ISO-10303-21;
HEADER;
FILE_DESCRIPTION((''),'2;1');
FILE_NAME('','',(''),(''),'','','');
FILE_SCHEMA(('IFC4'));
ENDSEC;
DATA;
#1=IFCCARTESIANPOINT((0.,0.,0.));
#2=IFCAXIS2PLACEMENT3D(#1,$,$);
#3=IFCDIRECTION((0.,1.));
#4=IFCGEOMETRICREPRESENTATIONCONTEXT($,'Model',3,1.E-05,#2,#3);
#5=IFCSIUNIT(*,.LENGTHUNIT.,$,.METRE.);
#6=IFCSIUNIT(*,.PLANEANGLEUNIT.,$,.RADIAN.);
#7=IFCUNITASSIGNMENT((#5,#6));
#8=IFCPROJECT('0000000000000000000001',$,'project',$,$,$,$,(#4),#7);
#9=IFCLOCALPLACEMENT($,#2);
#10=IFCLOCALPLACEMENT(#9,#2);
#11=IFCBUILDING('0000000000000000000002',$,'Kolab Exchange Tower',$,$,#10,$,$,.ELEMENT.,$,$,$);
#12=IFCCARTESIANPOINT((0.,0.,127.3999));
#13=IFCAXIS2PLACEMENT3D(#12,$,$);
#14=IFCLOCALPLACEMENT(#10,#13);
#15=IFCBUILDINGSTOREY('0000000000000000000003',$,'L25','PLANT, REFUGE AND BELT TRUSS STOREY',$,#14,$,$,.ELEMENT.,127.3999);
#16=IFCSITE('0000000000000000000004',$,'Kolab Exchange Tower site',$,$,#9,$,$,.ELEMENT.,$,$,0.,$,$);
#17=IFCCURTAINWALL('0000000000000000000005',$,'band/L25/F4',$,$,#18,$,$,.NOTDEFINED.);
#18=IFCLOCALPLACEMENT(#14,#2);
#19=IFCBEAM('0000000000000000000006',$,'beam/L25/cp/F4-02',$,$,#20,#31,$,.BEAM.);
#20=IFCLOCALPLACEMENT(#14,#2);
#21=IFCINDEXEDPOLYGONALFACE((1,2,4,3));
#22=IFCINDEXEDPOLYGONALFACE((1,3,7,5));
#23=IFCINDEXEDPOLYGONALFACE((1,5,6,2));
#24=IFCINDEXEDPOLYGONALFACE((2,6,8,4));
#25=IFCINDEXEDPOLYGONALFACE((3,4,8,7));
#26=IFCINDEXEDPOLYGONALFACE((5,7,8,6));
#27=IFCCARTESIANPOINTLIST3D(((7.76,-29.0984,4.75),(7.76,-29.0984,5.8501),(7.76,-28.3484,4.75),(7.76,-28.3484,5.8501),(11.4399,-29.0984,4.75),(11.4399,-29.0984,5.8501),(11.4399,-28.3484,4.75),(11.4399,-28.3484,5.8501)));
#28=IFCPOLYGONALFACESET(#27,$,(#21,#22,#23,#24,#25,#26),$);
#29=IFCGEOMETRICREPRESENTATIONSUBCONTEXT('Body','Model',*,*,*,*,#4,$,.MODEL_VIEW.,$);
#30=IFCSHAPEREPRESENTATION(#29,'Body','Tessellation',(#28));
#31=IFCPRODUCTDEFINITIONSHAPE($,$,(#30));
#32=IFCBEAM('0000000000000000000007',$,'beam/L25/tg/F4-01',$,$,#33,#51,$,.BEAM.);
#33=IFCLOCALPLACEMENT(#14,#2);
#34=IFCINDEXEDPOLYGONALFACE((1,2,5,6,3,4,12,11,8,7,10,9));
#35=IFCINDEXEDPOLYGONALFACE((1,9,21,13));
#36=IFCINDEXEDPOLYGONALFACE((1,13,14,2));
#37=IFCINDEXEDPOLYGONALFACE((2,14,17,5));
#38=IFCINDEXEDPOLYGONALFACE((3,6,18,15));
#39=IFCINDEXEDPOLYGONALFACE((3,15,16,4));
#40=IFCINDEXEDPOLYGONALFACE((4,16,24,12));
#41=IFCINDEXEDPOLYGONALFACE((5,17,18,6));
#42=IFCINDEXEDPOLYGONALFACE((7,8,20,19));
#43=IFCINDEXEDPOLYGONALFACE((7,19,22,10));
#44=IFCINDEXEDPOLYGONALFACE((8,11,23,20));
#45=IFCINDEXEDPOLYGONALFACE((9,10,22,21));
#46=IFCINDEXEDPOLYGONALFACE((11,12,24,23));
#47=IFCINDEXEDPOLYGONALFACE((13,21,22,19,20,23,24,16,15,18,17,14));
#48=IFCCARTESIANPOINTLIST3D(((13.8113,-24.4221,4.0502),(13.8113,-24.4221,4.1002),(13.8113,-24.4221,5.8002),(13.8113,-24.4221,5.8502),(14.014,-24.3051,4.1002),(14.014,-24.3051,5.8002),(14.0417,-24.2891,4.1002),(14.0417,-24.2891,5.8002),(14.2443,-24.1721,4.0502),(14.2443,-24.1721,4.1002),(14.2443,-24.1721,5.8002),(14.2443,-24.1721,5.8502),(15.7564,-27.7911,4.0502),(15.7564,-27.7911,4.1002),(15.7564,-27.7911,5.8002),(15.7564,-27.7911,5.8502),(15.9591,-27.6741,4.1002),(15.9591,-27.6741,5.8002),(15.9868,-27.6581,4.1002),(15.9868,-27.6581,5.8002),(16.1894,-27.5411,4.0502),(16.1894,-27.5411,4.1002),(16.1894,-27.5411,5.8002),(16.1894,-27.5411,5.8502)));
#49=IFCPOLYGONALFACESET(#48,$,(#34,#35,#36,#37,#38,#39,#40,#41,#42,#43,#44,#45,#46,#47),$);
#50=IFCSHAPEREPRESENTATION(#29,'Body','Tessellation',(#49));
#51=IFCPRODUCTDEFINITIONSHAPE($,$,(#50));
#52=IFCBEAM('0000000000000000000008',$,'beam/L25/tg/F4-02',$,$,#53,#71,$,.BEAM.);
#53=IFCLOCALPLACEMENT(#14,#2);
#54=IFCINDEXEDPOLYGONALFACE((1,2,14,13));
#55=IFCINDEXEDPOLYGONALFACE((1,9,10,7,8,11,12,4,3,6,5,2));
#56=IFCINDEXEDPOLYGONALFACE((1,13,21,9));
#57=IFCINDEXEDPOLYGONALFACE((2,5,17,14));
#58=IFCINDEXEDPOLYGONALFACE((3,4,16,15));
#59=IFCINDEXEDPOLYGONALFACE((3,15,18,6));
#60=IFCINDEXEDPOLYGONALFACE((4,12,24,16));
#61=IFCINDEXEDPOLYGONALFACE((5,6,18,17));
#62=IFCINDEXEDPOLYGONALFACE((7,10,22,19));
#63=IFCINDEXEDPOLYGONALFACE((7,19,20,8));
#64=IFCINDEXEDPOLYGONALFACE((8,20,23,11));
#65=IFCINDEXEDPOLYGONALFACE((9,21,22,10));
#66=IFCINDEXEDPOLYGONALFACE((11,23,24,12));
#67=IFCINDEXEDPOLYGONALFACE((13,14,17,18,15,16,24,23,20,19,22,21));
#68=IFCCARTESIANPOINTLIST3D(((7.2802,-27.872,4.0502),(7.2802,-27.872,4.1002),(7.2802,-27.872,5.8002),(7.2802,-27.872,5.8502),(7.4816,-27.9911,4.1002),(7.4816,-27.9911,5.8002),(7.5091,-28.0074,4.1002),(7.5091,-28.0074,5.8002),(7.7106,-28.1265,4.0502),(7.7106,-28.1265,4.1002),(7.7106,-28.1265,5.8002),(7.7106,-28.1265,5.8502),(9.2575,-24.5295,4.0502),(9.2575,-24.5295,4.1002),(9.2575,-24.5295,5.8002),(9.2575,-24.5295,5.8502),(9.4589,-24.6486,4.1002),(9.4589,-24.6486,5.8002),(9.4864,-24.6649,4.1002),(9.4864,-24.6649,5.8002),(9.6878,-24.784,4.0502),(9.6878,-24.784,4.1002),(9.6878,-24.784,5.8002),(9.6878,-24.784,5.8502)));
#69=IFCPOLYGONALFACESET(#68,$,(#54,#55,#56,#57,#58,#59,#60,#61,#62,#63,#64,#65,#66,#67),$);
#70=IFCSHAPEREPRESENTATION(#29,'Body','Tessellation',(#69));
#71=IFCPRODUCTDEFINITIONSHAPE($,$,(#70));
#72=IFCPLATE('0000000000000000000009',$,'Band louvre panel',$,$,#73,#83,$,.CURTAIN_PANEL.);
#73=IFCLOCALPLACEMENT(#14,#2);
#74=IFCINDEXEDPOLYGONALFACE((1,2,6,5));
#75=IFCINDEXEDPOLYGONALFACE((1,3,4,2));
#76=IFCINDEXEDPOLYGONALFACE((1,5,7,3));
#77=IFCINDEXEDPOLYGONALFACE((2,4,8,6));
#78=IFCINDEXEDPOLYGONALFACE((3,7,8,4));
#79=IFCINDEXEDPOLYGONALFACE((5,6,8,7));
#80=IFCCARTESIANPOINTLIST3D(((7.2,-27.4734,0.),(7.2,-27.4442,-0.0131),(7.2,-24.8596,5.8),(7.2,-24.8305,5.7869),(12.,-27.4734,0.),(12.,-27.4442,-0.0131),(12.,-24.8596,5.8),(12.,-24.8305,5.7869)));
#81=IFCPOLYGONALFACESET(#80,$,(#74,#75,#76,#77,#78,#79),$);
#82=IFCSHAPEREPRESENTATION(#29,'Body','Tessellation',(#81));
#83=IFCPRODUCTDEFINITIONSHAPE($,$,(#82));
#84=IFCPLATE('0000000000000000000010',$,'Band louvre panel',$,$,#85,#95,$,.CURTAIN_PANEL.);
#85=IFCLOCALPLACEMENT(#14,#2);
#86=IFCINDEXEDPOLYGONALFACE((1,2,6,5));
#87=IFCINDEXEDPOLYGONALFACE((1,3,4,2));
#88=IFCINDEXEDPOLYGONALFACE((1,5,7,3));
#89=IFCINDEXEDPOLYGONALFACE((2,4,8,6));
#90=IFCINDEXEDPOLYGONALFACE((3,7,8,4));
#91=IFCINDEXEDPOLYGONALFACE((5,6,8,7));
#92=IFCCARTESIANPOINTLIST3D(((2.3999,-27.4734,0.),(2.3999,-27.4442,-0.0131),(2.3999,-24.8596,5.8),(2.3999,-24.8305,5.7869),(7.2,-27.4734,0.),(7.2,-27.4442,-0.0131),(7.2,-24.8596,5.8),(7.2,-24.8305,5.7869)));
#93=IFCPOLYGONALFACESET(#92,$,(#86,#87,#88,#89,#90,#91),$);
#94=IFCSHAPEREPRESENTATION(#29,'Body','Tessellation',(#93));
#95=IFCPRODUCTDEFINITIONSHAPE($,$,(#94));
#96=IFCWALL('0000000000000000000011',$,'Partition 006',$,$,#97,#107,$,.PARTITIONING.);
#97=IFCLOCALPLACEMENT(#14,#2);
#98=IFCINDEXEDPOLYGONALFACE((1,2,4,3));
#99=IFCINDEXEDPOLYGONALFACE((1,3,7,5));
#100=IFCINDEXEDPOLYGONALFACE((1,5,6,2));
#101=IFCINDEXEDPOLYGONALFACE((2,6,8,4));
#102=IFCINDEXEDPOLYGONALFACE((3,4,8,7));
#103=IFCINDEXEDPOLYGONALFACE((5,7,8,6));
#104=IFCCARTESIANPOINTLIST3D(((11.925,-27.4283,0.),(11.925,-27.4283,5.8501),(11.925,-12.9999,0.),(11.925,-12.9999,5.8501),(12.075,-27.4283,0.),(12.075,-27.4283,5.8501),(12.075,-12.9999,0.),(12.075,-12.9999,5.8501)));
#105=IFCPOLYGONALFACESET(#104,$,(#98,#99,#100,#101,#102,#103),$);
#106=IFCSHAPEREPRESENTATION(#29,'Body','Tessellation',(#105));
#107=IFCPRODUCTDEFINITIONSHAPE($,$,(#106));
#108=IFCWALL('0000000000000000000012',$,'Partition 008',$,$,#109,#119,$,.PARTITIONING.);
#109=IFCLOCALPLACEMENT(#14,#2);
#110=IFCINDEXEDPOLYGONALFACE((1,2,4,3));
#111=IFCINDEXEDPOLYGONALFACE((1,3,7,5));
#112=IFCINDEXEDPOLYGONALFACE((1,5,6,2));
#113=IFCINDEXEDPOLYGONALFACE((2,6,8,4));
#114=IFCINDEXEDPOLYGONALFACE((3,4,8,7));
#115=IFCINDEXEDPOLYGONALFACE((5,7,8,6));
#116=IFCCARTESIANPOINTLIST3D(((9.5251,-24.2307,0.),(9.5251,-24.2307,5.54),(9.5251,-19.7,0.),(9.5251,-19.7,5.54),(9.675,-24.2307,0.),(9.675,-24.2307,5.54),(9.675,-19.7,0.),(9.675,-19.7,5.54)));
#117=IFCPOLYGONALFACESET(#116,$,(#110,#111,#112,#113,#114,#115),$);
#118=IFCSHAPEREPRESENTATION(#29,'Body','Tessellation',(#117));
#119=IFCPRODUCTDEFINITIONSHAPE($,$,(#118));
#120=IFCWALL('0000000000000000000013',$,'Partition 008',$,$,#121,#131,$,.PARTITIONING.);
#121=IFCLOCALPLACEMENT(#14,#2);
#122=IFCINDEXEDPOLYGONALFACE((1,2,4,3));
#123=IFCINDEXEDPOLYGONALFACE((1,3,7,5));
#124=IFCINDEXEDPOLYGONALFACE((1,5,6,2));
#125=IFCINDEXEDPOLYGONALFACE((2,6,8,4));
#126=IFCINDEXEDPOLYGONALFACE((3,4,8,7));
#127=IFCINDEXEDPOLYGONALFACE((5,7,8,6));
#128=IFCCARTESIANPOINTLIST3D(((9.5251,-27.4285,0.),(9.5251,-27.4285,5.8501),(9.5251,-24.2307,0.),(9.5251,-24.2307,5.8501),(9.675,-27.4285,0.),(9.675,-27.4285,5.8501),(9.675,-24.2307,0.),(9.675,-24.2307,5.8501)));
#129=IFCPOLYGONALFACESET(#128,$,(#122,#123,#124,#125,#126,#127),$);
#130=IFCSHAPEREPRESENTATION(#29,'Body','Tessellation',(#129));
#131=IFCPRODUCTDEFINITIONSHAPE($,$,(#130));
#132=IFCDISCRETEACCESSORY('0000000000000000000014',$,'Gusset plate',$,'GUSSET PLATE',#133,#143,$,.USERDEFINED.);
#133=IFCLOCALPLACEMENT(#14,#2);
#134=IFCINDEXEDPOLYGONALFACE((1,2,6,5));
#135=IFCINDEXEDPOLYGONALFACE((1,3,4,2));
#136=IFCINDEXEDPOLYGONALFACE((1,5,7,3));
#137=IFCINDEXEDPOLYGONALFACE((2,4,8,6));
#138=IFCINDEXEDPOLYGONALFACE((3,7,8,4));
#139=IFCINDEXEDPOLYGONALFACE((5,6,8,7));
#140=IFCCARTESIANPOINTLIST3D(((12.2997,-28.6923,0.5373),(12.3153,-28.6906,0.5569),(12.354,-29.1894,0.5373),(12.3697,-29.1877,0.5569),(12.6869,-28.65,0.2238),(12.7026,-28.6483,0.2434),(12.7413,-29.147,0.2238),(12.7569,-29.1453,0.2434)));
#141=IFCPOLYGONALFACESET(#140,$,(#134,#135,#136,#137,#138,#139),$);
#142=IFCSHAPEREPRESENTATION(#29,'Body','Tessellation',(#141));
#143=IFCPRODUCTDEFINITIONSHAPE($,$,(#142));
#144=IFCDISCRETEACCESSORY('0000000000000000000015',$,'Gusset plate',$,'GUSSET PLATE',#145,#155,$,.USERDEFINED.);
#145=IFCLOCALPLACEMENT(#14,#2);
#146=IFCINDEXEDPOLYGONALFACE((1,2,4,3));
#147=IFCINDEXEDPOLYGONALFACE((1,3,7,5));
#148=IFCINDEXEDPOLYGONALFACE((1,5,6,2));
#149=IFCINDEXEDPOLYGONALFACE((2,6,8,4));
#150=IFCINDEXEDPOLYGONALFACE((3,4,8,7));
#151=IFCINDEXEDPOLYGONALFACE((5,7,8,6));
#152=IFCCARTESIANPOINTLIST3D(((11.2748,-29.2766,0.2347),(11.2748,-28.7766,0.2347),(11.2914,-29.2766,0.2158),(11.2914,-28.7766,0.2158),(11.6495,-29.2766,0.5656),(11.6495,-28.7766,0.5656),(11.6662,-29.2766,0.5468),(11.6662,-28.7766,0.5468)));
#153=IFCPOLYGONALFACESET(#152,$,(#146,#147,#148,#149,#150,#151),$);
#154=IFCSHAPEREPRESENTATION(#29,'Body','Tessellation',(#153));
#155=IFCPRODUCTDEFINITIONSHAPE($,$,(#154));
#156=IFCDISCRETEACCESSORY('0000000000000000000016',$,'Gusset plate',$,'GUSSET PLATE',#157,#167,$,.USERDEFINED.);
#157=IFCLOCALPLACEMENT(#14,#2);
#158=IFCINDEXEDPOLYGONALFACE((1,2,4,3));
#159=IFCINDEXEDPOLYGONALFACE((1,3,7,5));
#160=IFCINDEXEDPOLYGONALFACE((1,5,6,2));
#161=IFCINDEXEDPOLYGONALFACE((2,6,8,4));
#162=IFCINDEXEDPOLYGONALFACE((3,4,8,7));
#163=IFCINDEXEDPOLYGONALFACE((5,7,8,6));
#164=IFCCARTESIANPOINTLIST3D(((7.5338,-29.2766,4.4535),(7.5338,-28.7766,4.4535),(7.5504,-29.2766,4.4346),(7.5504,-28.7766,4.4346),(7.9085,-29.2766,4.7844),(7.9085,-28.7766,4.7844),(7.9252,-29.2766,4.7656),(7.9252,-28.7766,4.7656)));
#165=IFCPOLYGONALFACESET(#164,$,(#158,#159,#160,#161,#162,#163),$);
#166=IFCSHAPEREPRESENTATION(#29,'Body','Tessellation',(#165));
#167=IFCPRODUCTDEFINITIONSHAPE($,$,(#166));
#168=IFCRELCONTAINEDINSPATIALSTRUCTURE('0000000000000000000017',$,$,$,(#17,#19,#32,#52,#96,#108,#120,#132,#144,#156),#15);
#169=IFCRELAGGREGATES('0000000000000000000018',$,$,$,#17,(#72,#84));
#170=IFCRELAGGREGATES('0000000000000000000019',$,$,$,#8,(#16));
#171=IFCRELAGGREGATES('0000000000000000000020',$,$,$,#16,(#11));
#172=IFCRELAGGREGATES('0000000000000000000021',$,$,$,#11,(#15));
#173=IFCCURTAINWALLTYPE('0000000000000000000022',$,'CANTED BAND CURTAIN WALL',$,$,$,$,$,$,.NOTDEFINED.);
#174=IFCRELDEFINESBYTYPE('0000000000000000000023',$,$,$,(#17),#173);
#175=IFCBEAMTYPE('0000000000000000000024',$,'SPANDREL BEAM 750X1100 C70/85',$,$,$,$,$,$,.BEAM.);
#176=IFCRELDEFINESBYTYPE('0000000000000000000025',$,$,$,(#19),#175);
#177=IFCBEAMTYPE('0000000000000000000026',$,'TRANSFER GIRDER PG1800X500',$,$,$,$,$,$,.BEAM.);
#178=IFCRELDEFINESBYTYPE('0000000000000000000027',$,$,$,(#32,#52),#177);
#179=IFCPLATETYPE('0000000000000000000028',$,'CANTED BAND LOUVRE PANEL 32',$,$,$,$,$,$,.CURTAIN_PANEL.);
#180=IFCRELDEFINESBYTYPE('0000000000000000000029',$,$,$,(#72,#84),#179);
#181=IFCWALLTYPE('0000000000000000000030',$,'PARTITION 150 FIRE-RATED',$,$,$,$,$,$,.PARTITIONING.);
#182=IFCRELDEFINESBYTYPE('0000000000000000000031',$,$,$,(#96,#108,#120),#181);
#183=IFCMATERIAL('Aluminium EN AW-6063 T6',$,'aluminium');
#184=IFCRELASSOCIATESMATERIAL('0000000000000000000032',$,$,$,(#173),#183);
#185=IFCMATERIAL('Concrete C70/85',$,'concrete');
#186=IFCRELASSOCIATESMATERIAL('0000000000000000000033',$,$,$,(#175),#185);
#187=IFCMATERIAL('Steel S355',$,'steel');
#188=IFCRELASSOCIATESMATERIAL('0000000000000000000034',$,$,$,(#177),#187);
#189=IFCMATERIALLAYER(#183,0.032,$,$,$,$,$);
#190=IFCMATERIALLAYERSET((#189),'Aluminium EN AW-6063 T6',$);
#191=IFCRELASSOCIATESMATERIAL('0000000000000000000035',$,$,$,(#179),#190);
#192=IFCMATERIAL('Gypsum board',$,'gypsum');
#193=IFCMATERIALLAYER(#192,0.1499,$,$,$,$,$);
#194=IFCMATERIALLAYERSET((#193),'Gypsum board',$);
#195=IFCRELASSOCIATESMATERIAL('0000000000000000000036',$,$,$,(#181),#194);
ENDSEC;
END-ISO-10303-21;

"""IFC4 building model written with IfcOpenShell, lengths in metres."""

from ifc_helpers import new_model, si_unit, direction, frame, frame_2d, origin, origin_2d, place, context, subcontext, project, spatial, polyline, rectangle, i_section, outline, extrude, material, layer, layer_set, material_profile, profile_set, type_object, element, aggregate, save


model = new_model("IFC4")

# Units and contexts
model_context = context("Model", 3, precision=1e-05, world=origin(), true_north=direction((0.0, 1.0)))
body_context = subcontext(model_context, "Body", "Model", "MODEL_VIEW")
ifc_project = project(units=[si_unit("LENGTHUNIT", "METRE"), si_unit("PLANEANGLEUNIT", "RADIAN")], contexts=[model_context])

# Site, building, storey
site_placement = place(None, origin())
site = spatial("IfcSite", under=ifc_project, at=site_placement, Name="Kolab Exchange Tower site", CompositionType="ELEMENT", RefElevation=0.0)
building_placement = place(site_placement, origin())
building = spatial("IfcBuilding", under=site, at=building_placement, Name="Kolab Exchange Tower", CompositionType="ELEMENT")
storey_placement = place(building_placement, frame((0.0, 0.0, 127.3999)))
storey = spatial("IfcBuildingStorey", under=building, at=storey_placement, Name="L25", Description="PLANT, REFUGE AND BELT TRUSS STOREY", CompositionType="ELEMENT", Elevation=127.3999)

# Shared definitions
ifc_material_1 = material(Name="Concrete C70/85", Category="concrete")

# Shared definitions
ifc_material_2 = material(Name="Steel S355", Category="steel")

# Curtain wall
ifc_material_3 = material(Name="Aluminium EN AW-6063 T6", Category="aluminium")
curtain_wall_type = type_object("IfcCurtainWallType", Name="CANTED BAND CURTAIN WALL", PredefinedType="NOTDEFINED", material=ifc_material_3)
curtain_wall_placement = place(storey_placement, origin())
curtain_wall = element("IfcCurtainWall", 1, at=curtain_wall_placement, inside=storey, type_object=curtain_wall_type, Name="band/L25/F4", PredefinedType="NOTDEFINED")

# Beams
ifc_material_profile_1 = material_profile(ifc_material_1, rectangle(XDim=0.75, YDim=1.1001, at=origin_2d()), Name="RC750X1100")
ifc_profile_set_1 = profile_set([ifc_material_profile_1], Name="Concrete C70/85")
beam_type_1 = type_object("IfcBeamType", Name="SPANDREL BEAM 750X1100 C70/85", PredefinedType="BEAM", material=ifc_profile_set_1)
for number, where, z_axis, x_axis, name in (
    (2, (11.4399, -28.7234, 5.3), (-1.0, 0.0, 0.0), (0.0, -1.0, 0.0), "beam/L25/cp/F4-02"),
):
    element("IfcBeam", number, at=place(storey_placement, frame(where, z_axis=z_axis, x_axis=x_axis)), inside=storey, type_object=beam_type_1, Name=name, PredefinedType="BEAM", context=body_context, shape_type="SweptSolid", body=[
        extrude(rectangle(XDim=0.75, YDim=1.1001, at=origin_2d()), origin(), (0.0, 0.0, 1.0), 3.6799),
    ])
ifc_material_profile_2 = material_profile(ifc_material_2, i_section(OverallWidth=0.5, OverallDepth=1.8, WebThickness=0.032, FlangeThickness=0.05, at=origin_2d()), Name="PG1800X500")
ifc_profile_set_2 = profile_set([ifc_material_profile_2], Name="Steel S355")
beam_type_2 = type_object("IfcBeamType", Name="TRANSFER GIRDER PG1800X500", PredefinedType="BEAM", material=ifc_profile_set_2)
beam_1_placement = place(storey_placement, frame((14.0278, -24.2971, 4.9502), z_axis=(0.500007, -0.866022, 0.0), x_axis=(0.866022, 0.500007, 0.0)))
element("IfcBeam", 3, at=beam_1_placement, inside=storey, type_object=beam_type_2, Name="beam/L25/tg/F4-01", PredefinedType="BEAM", context=body_context, shape_type="SweptSolid", body=[
    extrude(i_section(OverallWidth=0.5, OverallDepth=1.8, WebThickness=0.032, FlangeThickness=0.05, at=origin_2d()), origin(), (0.0, 0.0, 1.0), 3.8901),
])
beam_2_placement = place(storey_placement, frame((9.4727, -24.6567, 4.9502), z_axis=(-0.509142, -0.860682, 0.0), x_axis=(0.860682, -0.509142, 0.0)))
element("IfcBeam", 4, at=beam_2_placement, inside=storey, type_object=beam_type_2, Name="beam/L25/tg/F4-02", PredefinedType="BEAM", context=body_context, shape_type="SweptSolid", body=[
    extrude(i_section(OverallWidth=0.5, OverallDepth=1.8, WebThickness=0.032, FlangeThickness=0.05, at=origin_2d()), origin(), (0.0, 0.0, 1.0), 3.8835),
])

# Plates
ifc_layer_1 = layer(ifc_material_3, 0.032)
ifc_layer_set_1 = layer_set([ifc_layer_1], Name="Aluminium EN AW-6063 T6")
plate_type = type_object("IfcPlateType", Name="CANTED BAND LOUVRE PANEL 32", PredefinedType="CURTAIN_PANEL", material=ifc_layer_set_1)
plate_1_placement = place(storey_placement, frame((12.0, -27.4734, 0.0), z_axis=(0.0, -0.911701, 0.410854), x_axis=(-1.0, 0.0, 0.0)))
plate_1 = element("IfcPlate", 5, at=plate_1_placement, type_object=plate_type, Name="Band louvre panel", PredefinedType="CURTAIN_PANEL", context=body_context, shape_type="SweptSolid", body=[
    extrude(outline(polyline([(0.0, 0.0), (4.8, 0.0), (4.8, -6.3618), (0.0, -6.3618), (0.0, 0.0)])), origin(), (0.0, 0.0, -1.0), 0.032),
])
plate_2_placement = place(storey_placement, frame((7.2, -27.4734, 0.0), z_axis=(0.0, -0.911701, 0.410854), x_axis=(-1.0, 0.0, 0.0)))
plate_2 = element("IfcPlate", 6, at=plate_2_placement, type_object=plate_type, Name="Band louvre panel", PredefinedType="CURTAIN_PANEL", context=body_context, shape_type="SweptSolid", body=[
    extrude(outline(polyline([(0.0, 0.0), (4.8, 0.0), (4.8, -6.3618), (0.0, -6.3618), (0.0, 0.0)])), origin(), (0.0, 0.0, -1.0), 0.032),
])
aggregate(curtain_wall, [plate_1, plate_2])

# Walls
ifc_material_4 = material(Name="Gypsum board", Category="gypsum")
ifc_layer_2 = layer(ifc_material_4, 0.1499)
ifc_layer_set_2 = layer_set([ifc_layer_2], Name="Gypsum board")
wall_type = type_object("IfcWallType", Name="PARTITION 150 FIRE-RATED", PredefinedType="PARTITIONING", material=ifc_layer_set_2)
wall_1_placement = place(storey_placement, frame((12.0, -27.4285, 0.0), z_axis=(0.0, 0.0, 1.0), x_axis=(0.0, 1.0, 0.0)))
element("IfcWall", 7, at=wall_1_placement, inside=storey, type_object=wall_type, Name="Partition 006", PredefinedType="PARTITIONING", context=body_context, shape_type="SweptSolid", body=[
    extrude(rectangle(XDim=14.4285, YDim=0.1499, at=frame_2d((7.2144, 0.0))), origin(), (0.0, 0.0, 1.0), 5.8501),
])
wall_2_placement = place(storey_placement, frame((9.6001, -24.2307, 0.0), z_axis=(0.0, 0.0, 1.0), x_axis=(0.0, 1.0, 0.0)))
element("IfcWall", 8, at=wall_2_placement, inside=storey, type_object=wall_type, Name="Partition 008", PredefinedType="PARTITIONING", context=body_context, shape_type="SweptSolid", body=[
    extrude(rectangle(XDim=4.5308, YDim=0.1499, at=frame_2d((2.2654, 0.0))), origin(), (0.0, 0.0, 1.0), 5.54),
])
wall_3_placement = place(storey_placement, frame((9.6001, -27.4285, 0.0), z_axis=(0.0, 0.0, 1.0), x_axis=(0.0, 1.0, 0.0)))
element("IfcWall", 9, at=wall_3_placement, inside=storey, type_object=wall_type, Name="Partition 008", PredefinedType="PARTITIONING", context=body_context, shape_type="SweptSolid", body=[
    extrude(rectangle(XDim=3.1978, YDim=0.1499, at=frame_2d((1.5989, 0.0))), origin(), (0.0, 0.0, 1.0), 5.8501),
])

# Discrete accessories
for number, where, z_axis, x_axis, name in (
    (10, (12.5361, -28.918, 0.4001), (-0.623242, -0.068167, -0.779052), (0.108727, -0.994072, 0.0), "Gusset plate"),
    (11, (11.4622, -29.0266, 0.4001), (0.661944, 0.0, -0.749554), (0.0, 1.0, 0.0), "Gusset plate"),
    (12, (7.7378, -29.0266, 4.6001), (-0.661944, 0.0, 0.749554), (0.0, -1.0, 0.0), "Gusset plate"),
):
    element("IfcDiscreteAccessory", number, at=place(storey_placement, frame(where, z_axis=z_axis, x_axis=x_axis)), inside=storey, Name=name, ObjectType="GUSSET PLATE", PredefinedType="USERDEFINED", context=body_context, shape_type="SweptSolid", body=[
        extrude(rectangle(XDim=0.5, YDim=0.5, at=origin_2d()), origin(), (0.0, 0.0, 1.0), 0.0251),
    ])

save(model, "model.ifc")
